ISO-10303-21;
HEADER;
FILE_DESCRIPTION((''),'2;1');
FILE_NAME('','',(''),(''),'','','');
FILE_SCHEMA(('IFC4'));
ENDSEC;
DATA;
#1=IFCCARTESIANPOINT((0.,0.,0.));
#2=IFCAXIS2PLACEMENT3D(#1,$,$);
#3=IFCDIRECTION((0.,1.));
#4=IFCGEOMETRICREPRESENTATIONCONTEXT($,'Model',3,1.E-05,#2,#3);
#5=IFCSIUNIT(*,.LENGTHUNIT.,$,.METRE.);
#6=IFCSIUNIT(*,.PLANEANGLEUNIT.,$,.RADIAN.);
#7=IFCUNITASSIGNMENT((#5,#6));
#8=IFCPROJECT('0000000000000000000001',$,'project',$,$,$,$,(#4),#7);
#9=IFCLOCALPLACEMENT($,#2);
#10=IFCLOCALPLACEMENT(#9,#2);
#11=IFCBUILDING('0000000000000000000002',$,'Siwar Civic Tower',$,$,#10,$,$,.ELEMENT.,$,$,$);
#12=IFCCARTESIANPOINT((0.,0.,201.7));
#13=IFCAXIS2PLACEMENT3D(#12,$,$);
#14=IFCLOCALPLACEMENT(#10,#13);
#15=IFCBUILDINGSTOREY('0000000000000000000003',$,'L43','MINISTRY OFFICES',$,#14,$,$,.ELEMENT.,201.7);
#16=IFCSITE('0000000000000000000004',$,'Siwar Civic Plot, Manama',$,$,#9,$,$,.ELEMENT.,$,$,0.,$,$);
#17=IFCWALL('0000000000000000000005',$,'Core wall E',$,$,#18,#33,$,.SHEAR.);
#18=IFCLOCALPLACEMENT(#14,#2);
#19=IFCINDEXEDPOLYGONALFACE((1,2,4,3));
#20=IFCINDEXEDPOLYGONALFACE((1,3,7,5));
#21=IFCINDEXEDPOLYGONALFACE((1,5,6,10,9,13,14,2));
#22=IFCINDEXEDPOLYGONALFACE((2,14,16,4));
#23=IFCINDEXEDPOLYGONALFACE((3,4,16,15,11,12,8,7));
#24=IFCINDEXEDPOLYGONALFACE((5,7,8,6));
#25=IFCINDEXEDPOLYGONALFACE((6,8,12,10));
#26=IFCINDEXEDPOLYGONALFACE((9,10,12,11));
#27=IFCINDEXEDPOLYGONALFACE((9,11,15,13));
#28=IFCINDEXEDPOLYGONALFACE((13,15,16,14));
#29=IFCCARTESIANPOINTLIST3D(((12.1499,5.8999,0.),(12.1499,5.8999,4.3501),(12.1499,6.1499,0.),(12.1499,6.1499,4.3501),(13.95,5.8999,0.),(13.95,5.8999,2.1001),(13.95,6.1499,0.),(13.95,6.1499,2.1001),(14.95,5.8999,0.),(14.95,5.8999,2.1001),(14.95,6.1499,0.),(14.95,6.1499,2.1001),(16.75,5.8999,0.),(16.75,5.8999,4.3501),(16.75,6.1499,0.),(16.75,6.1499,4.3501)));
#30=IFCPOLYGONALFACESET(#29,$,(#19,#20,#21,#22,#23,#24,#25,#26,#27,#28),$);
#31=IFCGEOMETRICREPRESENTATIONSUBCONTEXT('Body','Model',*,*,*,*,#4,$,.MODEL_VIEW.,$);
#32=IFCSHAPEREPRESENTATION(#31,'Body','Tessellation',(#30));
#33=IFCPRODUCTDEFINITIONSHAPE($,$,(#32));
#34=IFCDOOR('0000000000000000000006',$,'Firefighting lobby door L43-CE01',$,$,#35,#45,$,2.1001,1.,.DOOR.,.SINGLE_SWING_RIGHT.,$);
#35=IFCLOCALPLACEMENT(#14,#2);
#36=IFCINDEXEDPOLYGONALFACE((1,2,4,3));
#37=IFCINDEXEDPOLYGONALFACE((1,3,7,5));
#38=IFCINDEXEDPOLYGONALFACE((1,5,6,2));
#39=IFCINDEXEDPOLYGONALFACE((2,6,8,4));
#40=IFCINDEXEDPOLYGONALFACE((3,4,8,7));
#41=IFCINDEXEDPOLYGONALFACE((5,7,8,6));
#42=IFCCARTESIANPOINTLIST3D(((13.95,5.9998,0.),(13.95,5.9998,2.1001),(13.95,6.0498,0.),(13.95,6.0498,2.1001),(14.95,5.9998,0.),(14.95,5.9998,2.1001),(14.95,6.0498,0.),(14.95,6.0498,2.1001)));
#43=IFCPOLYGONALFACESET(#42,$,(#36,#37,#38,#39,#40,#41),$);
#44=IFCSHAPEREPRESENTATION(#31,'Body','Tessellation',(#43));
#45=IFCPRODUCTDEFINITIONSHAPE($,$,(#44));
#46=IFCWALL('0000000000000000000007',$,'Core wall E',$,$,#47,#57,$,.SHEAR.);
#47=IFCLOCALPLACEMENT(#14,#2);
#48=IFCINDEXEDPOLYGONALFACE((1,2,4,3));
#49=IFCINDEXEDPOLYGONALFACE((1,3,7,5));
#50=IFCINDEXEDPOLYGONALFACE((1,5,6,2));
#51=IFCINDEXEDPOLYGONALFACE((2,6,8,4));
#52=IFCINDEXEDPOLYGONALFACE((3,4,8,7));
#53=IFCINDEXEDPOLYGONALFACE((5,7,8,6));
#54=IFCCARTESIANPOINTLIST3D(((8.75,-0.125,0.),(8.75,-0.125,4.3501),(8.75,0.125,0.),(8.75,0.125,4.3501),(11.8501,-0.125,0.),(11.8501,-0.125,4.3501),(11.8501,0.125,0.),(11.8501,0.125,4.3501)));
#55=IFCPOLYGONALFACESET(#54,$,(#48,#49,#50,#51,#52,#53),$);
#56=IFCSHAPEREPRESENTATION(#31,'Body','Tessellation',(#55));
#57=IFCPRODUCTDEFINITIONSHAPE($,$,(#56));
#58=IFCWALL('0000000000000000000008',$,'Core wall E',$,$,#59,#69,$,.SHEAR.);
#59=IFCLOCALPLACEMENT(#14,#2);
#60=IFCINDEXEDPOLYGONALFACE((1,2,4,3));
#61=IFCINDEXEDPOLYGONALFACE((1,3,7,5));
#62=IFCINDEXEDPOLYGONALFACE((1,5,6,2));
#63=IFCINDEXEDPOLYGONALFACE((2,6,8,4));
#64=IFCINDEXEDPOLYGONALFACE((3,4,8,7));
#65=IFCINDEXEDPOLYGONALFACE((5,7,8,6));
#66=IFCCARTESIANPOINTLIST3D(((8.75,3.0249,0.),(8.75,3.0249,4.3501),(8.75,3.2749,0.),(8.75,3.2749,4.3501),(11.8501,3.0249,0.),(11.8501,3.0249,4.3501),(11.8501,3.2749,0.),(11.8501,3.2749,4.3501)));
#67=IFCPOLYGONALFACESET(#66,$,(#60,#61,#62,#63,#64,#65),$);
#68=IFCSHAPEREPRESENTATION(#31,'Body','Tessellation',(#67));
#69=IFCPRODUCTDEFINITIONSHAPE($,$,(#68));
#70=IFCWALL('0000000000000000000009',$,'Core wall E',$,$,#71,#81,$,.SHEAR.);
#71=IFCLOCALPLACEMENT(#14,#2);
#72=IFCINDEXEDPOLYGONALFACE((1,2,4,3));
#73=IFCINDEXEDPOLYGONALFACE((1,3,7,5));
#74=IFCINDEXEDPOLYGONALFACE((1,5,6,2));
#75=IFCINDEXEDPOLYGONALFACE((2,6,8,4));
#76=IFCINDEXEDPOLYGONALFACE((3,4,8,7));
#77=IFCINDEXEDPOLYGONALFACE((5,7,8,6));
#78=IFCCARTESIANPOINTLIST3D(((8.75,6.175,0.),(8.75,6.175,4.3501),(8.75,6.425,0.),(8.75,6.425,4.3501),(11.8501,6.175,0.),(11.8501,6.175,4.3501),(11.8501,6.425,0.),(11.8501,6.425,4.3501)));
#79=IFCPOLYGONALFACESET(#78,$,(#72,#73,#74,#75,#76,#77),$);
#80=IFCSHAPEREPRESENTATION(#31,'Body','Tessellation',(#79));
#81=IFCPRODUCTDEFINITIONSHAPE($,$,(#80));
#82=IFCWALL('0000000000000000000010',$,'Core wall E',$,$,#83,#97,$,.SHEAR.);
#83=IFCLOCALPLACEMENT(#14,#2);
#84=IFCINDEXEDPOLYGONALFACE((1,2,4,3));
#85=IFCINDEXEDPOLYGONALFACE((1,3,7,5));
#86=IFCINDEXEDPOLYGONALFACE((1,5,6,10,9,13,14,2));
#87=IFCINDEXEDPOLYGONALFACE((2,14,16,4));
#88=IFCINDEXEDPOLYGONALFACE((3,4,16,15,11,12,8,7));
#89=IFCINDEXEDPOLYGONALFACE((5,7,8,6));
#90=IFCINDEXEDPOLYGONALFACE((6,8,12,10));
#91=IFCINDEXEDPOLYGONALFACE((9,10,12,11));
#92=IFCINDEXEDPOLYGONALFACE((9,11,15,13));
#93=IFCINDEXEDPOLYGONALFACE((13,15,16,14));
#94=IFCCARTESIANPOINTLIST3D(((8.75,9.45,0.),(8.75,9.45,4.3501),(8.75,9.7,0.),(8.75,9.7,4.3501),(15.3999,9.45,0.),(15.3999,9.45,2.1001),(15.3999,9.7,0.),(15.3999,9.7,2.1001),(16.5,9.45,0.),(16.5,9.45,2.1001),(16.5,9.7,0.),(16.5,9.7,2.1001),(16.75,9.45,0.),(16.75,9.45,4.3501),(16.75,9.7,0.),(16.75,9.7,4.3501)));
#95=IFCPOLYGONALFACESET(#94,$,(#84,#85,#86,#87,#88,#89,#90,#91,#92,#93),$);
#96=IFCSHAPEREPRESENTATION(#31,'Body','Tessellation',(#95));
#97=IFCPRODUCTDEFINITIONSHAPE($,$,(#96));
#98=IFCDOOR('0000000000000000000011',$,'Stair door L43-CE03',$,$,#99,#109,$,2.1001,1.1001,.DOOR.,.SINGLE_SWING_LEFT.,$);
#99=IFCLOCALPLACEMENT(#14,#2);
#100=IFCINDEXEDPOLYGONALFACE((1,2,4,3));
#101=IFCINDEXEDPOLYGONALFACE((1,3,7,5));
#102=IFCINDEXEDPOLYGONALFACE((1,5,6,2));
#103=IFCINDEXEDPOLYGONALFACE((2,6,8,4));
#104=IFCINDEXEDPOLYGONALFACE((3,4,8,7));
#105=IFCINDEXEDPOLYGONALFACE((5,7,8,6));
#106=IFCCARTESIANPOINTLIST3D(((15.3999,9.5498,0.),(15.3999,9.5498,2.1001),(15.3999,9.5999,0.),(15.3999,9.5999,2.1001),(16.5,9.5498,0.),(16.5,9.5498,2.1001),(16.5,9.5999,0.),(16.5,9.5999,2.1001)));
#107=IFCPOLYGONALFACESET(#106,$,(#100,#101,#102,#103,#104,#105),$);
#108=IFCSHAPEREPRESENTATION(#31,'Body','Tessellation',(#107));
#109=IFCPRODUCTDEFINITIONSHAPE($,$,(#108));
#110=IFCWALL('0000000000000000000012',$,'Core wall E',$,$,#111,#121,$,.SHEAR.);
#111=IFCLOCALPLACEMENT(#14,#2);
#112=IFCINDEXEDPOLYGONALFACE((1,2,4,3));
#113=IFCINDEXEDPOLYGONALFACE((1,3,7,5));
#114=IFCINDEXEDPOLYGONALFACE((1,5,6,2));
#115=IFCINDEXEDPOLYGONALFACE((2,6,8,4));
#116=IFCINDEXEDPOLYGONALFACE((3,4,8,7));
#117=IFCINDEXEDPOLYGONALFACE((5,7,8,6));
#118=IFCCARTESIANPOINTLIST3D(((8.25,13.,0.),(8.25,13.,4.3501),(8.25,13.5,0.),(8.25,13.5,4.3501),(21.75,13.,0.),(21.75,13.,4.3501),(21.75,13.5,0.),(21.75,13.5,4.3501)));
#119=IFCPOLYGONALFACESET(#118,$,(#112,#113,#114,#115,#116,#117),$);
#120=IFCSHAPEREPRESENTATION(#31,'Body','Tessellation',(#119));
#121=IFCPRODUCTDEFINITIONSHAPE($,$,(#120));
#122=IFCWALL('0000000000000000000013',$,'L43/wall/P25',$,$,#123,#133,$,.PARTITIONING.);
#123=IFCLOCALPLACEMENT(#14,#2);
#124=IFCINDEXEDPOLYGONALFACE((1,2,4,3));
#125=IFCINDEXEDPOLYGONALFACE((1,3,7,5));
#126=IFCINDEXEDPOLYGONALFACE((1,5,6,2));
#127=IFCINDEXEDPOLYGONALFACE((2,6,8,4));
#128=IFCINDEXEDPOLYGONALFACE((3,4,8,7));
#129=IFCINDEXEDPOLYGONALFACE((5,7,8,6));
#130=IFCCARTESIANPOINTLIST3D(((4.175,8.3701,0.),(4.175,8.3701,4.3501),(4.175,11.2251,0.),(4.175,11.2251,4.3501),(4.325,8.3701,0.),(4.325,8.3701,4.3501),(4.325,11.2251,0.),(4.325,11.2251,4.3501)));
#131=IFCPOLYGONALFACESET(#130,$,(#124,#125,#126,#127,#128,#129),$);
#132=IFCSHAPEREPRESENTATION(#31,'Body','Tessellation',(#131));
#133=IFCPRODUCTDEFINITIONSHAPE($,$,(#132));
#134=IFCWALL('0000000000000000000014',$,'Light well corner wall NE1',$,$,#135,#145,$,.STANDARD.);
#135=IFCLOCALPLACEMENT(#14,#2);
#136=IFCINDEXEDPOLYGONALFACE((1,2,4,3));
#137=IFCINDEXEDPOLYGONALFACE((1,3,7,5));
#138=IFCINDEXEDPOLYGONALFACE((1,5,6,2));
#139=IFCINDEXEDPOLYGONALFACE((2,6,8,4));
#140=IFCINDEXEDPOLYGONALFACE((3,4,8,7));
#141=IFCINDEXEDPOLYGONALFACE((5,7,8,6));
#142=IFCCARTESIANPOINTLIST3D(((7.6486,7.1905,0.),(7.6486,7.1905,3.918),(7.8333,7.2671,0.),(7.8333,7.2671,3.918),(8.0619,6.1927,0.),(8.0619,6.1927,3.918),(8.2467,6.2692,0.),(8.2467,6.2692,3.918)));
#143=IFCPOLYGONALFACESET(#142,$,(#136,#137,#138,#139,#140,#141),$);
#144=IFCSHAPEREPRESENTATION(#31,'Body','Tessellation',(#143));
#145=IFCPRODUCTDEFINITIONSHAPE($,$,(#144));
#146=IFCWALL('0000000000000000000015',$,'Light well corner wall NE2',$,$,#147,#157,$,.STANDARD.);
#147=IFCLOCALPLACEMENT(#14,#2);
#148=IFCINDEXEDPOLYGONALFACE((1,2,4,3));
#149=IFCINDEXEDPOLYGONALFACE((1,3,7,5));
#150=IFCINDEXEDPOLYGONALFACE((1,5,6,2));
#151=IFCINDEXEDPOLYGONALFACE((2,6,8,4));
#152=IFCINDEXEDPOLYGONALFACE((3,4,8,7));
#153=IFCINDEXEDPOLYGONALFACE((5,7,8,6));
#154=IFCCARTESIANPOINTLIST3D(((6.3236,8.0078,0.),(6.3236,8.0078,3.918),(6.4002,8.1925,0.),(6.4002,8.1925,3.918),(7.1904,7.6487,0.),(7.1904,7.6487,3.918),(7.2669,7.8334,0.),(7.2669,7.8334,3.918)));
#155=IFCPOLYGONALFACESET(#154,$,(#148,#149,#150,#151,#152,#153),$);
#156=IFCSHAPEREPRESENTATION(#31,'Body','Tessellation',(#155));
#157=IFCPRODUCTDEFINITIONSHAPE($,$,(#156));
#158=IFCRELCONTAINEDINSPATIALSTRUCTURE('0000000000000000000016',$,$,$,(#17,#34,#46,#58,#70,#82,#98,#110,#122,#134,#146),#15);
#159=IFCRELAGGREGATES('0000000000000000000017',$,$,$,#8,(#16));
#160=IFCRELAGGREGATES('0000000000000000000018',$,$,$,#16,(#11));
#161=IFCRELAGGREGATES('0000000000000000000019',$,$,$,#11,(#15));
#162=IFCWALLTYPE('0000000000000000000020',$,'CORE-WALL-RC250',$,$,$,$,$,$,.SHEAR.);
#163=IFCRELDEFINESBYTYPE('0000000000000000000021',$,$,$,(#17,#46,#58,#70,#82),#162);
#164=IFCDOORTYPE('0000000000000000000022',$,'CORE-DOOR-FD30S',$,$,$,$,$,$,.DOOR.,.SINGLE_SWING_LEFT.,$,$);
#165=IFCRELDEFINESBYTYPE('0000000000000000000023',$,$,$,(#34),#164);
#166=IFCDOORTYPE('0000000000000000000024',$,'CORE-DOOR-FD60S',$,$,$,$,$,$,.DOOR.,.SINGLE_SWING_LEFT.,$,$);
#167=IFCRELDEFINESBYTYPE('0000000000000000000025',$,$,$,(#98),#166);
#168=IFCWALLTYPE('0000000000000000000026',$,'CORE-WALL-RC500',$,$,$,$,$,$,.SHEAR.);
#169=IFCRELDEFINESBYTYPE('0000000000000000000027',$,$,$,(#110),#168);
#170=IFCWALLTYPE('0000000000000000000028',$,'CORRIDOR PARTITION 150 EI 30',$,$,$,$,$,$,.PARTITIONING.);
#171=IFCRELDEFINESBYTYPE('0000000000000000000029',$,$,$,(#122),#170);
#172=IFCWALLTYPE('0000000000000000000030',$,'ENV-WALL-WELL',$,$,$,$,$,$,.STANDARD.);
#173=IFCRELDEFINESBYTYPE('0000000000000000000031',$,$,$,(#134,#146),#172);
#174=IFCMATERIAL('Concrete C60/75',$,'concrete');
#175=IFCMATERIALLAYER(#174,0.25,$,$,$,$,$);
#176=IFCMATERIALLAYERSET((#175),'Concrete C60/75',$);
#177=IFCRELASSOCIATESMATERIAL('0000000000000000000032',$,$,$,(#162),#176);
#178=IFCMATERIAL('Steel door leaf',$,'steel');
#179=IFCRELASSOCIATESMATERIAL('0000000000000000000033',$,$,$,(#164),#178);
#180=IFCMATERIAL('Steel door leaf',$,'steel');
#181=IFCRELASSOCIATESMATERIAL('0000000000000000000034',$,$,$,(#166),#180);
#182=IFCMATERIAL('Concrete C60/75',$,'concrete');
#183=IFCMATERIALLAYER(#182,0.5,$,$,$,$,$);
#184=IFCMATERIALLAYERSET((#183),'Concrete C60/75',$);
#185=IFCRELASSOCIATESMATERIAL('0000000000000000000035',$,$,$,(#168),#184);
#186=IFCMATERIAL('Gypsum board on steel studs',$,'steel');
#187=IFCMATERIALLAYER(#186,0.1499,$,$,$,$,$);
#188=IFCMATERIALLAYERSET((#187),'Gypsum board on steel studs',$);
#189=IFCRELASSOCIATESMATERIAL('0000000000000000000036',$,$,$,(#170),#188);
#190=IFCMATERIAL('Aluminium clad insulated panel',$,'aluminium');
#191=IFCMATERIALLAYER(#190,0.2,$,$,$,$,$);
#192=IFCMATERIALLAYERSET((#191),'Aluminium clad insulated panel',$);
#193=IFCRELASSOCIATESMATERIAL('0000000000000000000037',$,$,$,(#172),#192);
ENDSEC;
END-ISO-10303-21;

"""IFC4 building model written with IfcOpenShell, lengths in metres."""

from ifc_helpers import new_model, si_unit, direction, frame, frame_2d, origin, place, context, subcontext, project, spatial, rectangle, extrude, material, layer, layer_set, type_object, element, fill, save


model = new_model("IFC4")

# Units and contexts
model_context = context("Model", 3, precision=1e-05, world=origin(), true_north=direction((0.0, 1.0)))
body_context = subcontext(model_context, "Body", "Model", "MODEL_VIEW")
ifc_project = project(units=[si_unit("LENGTHUNIT", "METRE"), si_unit("PLANEANGLEUNIT", "RADIAN")], contexts=[model_context])

# Site, building, storey
site_placement = place(None, origin())
site = spatial("IfcSite", under=ifc_project, at=site_placement, Name="Siwar Civic Plot, Manama", CompositionType="ELEMENT", RefElevation=0.0)
building_placement = place(site_placement, origin())
building = spatial("IfcBuilding", under=site, at=building_placement, Name="Siwar Civic Tower", CompositionType="ELEMENT")
storey_placement = place(building_placement, frame((0.0, 0.0, 201.7)))
storey = spatial("IfcBuildingStorey", under=building, at=storey_placement, Name="L43", Description="MINISTRY OFFICES", CompositionType="ELEMENT", Elevation=201.7)

# Wall, opening, door
ifc_material_1 = material(Name="Concrete C60/75", Category="concrete")
ifc_layer_1 = layer(ifc_material_1, 0.25)
ifc_layer_set_1 = layer_set([ifc_layer_1], Name="Concrete C60/75")
wall_type_1 = type_object("IfcWallType", Name="CORE-WALL-RC250", PredefinedType="SHEAR", material=ifc_layer_set_1)
wall_1_placement = place(storey_placement, frame((12.1499, 6.0249, 0.0), z_axis=(0.0, 0.0, 1.0), x_axis=(1.0, 0.0, 0.0)))
wall_1 = element("IfcWall", 1, at=wall_1_placement, inside=storey, type_object=wall_type_1, Name="Core wall E", PredefinedType="SHEAR", context=body_context, shape_type="SweptSolid", body=[
    extrude(rectangle(XDim=4.6001, YDim=0.25, at=frame_2d((2.3, 0.0))), origin(), (0.0, 0.0, 1.0), 4.3501),
])
opening_1_placement = place(wall_1_placement, frame((1.8, 0.0, 0.0)))
opening_1 = element("IfcOpeningElement", 2, at=opening_1_placement, cuts=wall_1, PredefinedType="OPENING", context=body_context, shape_type="SweptSolid", body=[
    extrude(rectangle(XDim=1.0, YDim=2.1001, at=frame_2d((0.5, 1.05))), frame((0.0, 0.135, 0.0), z_axis=(0.0, -1.0, 0.0), x_axis=(1.0, 0.0, 0.0)), (0.0, 0.0, 1.0), 0.27),
])
ifc_material_2 = material(Name="Steel door leaf", Category="steel")
door_type_1 = type_object("IfcDoorType", Name="CORE-DOOR-FD30S", OperationType="SINGLE_SWING_LEFT", PredefinedType="DOOR", material=ifc_material_2)
door_1_placement = place(opening_1_placement, origin())
door_1 = element("IfcDoor", 3, at=door_1_placement, inside=storey, type_object=door_type_1, Name="Firefighting lobby door L43-CE01", OperationType="SINGLE_SWING_RIGHT", OverallHeight=2.1001, OverallWidth=1.0, PredefinedType="DOOR", context=body_context, shape_type="SweptSolid", body=[
    extrude(rectangle(XDim=1.0, YDim=2.1001, at=frame_2d((0.5, 1.05))), frame((0.0, 0.0249, 0.0), z_axis=(0.0, -1.0, 0.0), x_axis=(1.0, 0.0, 0.0)), (0.0, 0.0, 1.0), 0.05),
])
fill(opening_1, door_1)

# Walls
for number, where, z_axis, x_axis, name in (
    (4, (8.75, 0.0, 0.0), (0.0, 0.0, 1.0), (1.0, 0.0, 0.0), "Core wall E"),
    (5, (8.75, 3.1499, 0.0), (0.0, 0.0, 1.0), (1.0, 0.0, 0.0), "Core wall E"),
    (6, (8.75, 6.3, 0.0), (0.0, 0.0, 1.0), (1.0, 0.0, 0.0), "Core wall E"),
):
    element("IfcWall", number, at=place(storey_placement, frame(where, z_axis=z_axis, x_axis=x_axis)), inside=storey, type_object=wall_type_1, Name=name, PredefinedType="SHEAR", context=body_context, shape_type="SweptSolid", body=[
        extrude(rectangle(XDim=3.1001, YDim=0.25, at=frame_2d((1.55, 0.0))), origin(), (0.0, 0.0, 1.0), 4.3501),
    ])

# Wall, opening, door
wall_2_placement = place(storey_placement, frame((8.75, 9.575, 0.0), z_axis=(0.0, 0.0, 1.0), x_axis=(1.0, 0.0, 0.0)))
wall_2 = element("IfcWall", 7, at=wall_2_placement, inside=storey, type_object=wall_type_1, Name="Core wall E", PredefinedType="SHEAR", context=body_context, shape_type="SweptSolid", body=[
    extrude(rectangle(XDim=8.0, YDim=0.25, at=frame_2d((4.0, 0.0))), origin(), (0.0, 0.0, 1.0), 4.3501),
])
opening_2_placement = place(wall_2_placement, frame((6.6499, 0.0, 0.0)))
opening_2 = element("IfcOpeningElement", 8, at=opening_2_placement, cuts=wall_2, PredefinedType="OPENING", context=body_context, shape_type="SweptSolid", body=[
    extrude(rectangle(XDim=1.1001, YDim=2.1001, at=frame_2d((0.55, 1.05))), frame((0.0, 0.135, 0.0), z_axis=(0.0, -1.0, 0.0), x_axis=(1.0, 0.0, 0.0)), (0.0, 0.0, 1.0), 0.27),
])
ifc_material_3 = material(Name="Steel door leaf", Category="steel")
door_type_2 = type_object("IfcDoorType", Name="CORE-DOOR-FD60S", OperationType="SINGLE_SWING_LEFT", PredefinedType="DOOR", material=ifc_material_3)
door_2_placement = place(opening_2_placement, origin())
door_2 = element("IfcDoor", 9, at=door_2_placement, inside=storey, type_object=door_type_2, Name="Stair door L43-CE03", OperationType="SINGLE_SWING_LEFT", OverallHeight=2.1001, OverallWidth=1.1001, PredefinedType="DOOR", context=body_context, shape_type="SweptSolid", body=[
    extrude(rectangle(XDim=1.1001, YDim=2.1001, at=frame_2d((0.55, 1.05))), frame((0.0, 0.0249, 0.0), z_axis=(0.0, -1.0, 0.0), x_axis=(1.0, 0.0, 0.0)), (0.0, 0.0, 1.0), 0.05),
])
fill(opening_2, door_2)

# Walls
ifc_material_4 = material(Name="Concrete C60/75", Category="concrete")
ifc_layer_2 = layer(ifc_material_4, 0.5)
ifc_layer_set_2 = layer_set([ifc_layer_2], Name="Concrete C60/75")
wall_type_2 = type_object("IfcWallType", Name="CORE-WALL-RC500", PredefinedType="SHEAR", material=ifc_layer_set_2)
wall_3_placement = place(storey_placement, frame((8.25, 13.25, 0.0), z_axis=(0.0, 0.0, 1.0), x_axis=(1.0, 0.0, 0.0)))
element("IfcWall", 10, at=wall_3_placement, inside=storey, type_object=wall_type_2, Name="Core wall E", PredefinedType="SHEAR", context=body_context, shape_type="SweptSolid", body=[
    extrude(rectangle(XDim=13.5, YDim=0.5, at=frame_2d((6.75, 0.0))), origin(), (0.0, 0.0, 1.0), 4.3501),
])
ifc_material_5 = material(Name="Gypsum board on steel studs", Category="steel")
ifc_layer_3 = layer(ifc_material_5, 0.1499)
ifc_layer_set_3 = layer_set([ifc_layer_3], Name="Gypsum board on steel studs")
wall_type_3 = type_object("IfcWallType", Name="CORRIDOR PARTITION 150 EI 30", PredefinedType="PARTITIONING", material=ifc_layer_set_3)
wall_4_placement = place(storey_placement, frame((4.25, 8.3701, 0.0), z_axis=(0.0, 0.0, 1.0), x_axis=(0.0, 1.0, 0.0)))
element("IfcWall", 11, at=wall_4_placement, inside=storey, type_object=wall_type_3, Name="L43/wall/P25", PredefinedType="PARTITIONING", context=body_context, shape_type="SweptSolid", body=[
    extrude(rectangle(XDim=2.855, YDim=0.1499, at=frame_2d((1.4275, 0.0))), origin(), (0.0, 0.0, 1.0), 4.3501),
])
ifc_material_6 = material(Name="Aluminium clad insulated panel", Category="aluminium")
ifc_layer_4 = layer(ifc_material_6, 0.2)
ifc_layer_set_4 = layer_set([ifc_layer_4], Name="Aluminium clad insulated panel")
wall_type_4 = type_object("IfcWallType", Name="ENV-WALL-WELL", PredefinedType="STANDARD", material=ifc_layer_set_4)
wall_5_placement = place(storey_placement, frame((8.1543, 6.231, 0.0), z_axis=(0.0, 0.0, 1.0), x_axis=(-0.382704, 0.923871, 0.0)))
element("IfcWall", 12, at=wall_5_placement, inside=storey, type_object=wall_type_4, Name="Light well corner wall NE1", PredefinedType="STANDARD", context=body_context, shape_type="SweptSolid", body=[
    extrude(rectangle(XDim=1.0801, YDim=0.2, at=frame_2d((0.54, 0.0))), origin(), (0.0, 0.0, 1.0), 3.918),
])
wall_6_placement = place(storey_placement, frame((7.2288, 7.741, 0.0), z_axis=(0.0, 0.0, 1.0), x_axis=(-0.92383, 0.382804, 0.0)))
element("IfcWall", 13, at=wall_6_placement, inside=storey, type_object=wall_type_4, Name="Light well corner wall NE2", PredefinedType="STANDARD", context=body_context, shape_type="SweptSolid", body=[
    extrude(rectangle(XDim=0.9382, YDim=0.2, at=frame_2d((0.4692, 0.0))), origin(), (0.0, 0.0, 1.0), 3.918),
])

save(model, "model.ifc")
